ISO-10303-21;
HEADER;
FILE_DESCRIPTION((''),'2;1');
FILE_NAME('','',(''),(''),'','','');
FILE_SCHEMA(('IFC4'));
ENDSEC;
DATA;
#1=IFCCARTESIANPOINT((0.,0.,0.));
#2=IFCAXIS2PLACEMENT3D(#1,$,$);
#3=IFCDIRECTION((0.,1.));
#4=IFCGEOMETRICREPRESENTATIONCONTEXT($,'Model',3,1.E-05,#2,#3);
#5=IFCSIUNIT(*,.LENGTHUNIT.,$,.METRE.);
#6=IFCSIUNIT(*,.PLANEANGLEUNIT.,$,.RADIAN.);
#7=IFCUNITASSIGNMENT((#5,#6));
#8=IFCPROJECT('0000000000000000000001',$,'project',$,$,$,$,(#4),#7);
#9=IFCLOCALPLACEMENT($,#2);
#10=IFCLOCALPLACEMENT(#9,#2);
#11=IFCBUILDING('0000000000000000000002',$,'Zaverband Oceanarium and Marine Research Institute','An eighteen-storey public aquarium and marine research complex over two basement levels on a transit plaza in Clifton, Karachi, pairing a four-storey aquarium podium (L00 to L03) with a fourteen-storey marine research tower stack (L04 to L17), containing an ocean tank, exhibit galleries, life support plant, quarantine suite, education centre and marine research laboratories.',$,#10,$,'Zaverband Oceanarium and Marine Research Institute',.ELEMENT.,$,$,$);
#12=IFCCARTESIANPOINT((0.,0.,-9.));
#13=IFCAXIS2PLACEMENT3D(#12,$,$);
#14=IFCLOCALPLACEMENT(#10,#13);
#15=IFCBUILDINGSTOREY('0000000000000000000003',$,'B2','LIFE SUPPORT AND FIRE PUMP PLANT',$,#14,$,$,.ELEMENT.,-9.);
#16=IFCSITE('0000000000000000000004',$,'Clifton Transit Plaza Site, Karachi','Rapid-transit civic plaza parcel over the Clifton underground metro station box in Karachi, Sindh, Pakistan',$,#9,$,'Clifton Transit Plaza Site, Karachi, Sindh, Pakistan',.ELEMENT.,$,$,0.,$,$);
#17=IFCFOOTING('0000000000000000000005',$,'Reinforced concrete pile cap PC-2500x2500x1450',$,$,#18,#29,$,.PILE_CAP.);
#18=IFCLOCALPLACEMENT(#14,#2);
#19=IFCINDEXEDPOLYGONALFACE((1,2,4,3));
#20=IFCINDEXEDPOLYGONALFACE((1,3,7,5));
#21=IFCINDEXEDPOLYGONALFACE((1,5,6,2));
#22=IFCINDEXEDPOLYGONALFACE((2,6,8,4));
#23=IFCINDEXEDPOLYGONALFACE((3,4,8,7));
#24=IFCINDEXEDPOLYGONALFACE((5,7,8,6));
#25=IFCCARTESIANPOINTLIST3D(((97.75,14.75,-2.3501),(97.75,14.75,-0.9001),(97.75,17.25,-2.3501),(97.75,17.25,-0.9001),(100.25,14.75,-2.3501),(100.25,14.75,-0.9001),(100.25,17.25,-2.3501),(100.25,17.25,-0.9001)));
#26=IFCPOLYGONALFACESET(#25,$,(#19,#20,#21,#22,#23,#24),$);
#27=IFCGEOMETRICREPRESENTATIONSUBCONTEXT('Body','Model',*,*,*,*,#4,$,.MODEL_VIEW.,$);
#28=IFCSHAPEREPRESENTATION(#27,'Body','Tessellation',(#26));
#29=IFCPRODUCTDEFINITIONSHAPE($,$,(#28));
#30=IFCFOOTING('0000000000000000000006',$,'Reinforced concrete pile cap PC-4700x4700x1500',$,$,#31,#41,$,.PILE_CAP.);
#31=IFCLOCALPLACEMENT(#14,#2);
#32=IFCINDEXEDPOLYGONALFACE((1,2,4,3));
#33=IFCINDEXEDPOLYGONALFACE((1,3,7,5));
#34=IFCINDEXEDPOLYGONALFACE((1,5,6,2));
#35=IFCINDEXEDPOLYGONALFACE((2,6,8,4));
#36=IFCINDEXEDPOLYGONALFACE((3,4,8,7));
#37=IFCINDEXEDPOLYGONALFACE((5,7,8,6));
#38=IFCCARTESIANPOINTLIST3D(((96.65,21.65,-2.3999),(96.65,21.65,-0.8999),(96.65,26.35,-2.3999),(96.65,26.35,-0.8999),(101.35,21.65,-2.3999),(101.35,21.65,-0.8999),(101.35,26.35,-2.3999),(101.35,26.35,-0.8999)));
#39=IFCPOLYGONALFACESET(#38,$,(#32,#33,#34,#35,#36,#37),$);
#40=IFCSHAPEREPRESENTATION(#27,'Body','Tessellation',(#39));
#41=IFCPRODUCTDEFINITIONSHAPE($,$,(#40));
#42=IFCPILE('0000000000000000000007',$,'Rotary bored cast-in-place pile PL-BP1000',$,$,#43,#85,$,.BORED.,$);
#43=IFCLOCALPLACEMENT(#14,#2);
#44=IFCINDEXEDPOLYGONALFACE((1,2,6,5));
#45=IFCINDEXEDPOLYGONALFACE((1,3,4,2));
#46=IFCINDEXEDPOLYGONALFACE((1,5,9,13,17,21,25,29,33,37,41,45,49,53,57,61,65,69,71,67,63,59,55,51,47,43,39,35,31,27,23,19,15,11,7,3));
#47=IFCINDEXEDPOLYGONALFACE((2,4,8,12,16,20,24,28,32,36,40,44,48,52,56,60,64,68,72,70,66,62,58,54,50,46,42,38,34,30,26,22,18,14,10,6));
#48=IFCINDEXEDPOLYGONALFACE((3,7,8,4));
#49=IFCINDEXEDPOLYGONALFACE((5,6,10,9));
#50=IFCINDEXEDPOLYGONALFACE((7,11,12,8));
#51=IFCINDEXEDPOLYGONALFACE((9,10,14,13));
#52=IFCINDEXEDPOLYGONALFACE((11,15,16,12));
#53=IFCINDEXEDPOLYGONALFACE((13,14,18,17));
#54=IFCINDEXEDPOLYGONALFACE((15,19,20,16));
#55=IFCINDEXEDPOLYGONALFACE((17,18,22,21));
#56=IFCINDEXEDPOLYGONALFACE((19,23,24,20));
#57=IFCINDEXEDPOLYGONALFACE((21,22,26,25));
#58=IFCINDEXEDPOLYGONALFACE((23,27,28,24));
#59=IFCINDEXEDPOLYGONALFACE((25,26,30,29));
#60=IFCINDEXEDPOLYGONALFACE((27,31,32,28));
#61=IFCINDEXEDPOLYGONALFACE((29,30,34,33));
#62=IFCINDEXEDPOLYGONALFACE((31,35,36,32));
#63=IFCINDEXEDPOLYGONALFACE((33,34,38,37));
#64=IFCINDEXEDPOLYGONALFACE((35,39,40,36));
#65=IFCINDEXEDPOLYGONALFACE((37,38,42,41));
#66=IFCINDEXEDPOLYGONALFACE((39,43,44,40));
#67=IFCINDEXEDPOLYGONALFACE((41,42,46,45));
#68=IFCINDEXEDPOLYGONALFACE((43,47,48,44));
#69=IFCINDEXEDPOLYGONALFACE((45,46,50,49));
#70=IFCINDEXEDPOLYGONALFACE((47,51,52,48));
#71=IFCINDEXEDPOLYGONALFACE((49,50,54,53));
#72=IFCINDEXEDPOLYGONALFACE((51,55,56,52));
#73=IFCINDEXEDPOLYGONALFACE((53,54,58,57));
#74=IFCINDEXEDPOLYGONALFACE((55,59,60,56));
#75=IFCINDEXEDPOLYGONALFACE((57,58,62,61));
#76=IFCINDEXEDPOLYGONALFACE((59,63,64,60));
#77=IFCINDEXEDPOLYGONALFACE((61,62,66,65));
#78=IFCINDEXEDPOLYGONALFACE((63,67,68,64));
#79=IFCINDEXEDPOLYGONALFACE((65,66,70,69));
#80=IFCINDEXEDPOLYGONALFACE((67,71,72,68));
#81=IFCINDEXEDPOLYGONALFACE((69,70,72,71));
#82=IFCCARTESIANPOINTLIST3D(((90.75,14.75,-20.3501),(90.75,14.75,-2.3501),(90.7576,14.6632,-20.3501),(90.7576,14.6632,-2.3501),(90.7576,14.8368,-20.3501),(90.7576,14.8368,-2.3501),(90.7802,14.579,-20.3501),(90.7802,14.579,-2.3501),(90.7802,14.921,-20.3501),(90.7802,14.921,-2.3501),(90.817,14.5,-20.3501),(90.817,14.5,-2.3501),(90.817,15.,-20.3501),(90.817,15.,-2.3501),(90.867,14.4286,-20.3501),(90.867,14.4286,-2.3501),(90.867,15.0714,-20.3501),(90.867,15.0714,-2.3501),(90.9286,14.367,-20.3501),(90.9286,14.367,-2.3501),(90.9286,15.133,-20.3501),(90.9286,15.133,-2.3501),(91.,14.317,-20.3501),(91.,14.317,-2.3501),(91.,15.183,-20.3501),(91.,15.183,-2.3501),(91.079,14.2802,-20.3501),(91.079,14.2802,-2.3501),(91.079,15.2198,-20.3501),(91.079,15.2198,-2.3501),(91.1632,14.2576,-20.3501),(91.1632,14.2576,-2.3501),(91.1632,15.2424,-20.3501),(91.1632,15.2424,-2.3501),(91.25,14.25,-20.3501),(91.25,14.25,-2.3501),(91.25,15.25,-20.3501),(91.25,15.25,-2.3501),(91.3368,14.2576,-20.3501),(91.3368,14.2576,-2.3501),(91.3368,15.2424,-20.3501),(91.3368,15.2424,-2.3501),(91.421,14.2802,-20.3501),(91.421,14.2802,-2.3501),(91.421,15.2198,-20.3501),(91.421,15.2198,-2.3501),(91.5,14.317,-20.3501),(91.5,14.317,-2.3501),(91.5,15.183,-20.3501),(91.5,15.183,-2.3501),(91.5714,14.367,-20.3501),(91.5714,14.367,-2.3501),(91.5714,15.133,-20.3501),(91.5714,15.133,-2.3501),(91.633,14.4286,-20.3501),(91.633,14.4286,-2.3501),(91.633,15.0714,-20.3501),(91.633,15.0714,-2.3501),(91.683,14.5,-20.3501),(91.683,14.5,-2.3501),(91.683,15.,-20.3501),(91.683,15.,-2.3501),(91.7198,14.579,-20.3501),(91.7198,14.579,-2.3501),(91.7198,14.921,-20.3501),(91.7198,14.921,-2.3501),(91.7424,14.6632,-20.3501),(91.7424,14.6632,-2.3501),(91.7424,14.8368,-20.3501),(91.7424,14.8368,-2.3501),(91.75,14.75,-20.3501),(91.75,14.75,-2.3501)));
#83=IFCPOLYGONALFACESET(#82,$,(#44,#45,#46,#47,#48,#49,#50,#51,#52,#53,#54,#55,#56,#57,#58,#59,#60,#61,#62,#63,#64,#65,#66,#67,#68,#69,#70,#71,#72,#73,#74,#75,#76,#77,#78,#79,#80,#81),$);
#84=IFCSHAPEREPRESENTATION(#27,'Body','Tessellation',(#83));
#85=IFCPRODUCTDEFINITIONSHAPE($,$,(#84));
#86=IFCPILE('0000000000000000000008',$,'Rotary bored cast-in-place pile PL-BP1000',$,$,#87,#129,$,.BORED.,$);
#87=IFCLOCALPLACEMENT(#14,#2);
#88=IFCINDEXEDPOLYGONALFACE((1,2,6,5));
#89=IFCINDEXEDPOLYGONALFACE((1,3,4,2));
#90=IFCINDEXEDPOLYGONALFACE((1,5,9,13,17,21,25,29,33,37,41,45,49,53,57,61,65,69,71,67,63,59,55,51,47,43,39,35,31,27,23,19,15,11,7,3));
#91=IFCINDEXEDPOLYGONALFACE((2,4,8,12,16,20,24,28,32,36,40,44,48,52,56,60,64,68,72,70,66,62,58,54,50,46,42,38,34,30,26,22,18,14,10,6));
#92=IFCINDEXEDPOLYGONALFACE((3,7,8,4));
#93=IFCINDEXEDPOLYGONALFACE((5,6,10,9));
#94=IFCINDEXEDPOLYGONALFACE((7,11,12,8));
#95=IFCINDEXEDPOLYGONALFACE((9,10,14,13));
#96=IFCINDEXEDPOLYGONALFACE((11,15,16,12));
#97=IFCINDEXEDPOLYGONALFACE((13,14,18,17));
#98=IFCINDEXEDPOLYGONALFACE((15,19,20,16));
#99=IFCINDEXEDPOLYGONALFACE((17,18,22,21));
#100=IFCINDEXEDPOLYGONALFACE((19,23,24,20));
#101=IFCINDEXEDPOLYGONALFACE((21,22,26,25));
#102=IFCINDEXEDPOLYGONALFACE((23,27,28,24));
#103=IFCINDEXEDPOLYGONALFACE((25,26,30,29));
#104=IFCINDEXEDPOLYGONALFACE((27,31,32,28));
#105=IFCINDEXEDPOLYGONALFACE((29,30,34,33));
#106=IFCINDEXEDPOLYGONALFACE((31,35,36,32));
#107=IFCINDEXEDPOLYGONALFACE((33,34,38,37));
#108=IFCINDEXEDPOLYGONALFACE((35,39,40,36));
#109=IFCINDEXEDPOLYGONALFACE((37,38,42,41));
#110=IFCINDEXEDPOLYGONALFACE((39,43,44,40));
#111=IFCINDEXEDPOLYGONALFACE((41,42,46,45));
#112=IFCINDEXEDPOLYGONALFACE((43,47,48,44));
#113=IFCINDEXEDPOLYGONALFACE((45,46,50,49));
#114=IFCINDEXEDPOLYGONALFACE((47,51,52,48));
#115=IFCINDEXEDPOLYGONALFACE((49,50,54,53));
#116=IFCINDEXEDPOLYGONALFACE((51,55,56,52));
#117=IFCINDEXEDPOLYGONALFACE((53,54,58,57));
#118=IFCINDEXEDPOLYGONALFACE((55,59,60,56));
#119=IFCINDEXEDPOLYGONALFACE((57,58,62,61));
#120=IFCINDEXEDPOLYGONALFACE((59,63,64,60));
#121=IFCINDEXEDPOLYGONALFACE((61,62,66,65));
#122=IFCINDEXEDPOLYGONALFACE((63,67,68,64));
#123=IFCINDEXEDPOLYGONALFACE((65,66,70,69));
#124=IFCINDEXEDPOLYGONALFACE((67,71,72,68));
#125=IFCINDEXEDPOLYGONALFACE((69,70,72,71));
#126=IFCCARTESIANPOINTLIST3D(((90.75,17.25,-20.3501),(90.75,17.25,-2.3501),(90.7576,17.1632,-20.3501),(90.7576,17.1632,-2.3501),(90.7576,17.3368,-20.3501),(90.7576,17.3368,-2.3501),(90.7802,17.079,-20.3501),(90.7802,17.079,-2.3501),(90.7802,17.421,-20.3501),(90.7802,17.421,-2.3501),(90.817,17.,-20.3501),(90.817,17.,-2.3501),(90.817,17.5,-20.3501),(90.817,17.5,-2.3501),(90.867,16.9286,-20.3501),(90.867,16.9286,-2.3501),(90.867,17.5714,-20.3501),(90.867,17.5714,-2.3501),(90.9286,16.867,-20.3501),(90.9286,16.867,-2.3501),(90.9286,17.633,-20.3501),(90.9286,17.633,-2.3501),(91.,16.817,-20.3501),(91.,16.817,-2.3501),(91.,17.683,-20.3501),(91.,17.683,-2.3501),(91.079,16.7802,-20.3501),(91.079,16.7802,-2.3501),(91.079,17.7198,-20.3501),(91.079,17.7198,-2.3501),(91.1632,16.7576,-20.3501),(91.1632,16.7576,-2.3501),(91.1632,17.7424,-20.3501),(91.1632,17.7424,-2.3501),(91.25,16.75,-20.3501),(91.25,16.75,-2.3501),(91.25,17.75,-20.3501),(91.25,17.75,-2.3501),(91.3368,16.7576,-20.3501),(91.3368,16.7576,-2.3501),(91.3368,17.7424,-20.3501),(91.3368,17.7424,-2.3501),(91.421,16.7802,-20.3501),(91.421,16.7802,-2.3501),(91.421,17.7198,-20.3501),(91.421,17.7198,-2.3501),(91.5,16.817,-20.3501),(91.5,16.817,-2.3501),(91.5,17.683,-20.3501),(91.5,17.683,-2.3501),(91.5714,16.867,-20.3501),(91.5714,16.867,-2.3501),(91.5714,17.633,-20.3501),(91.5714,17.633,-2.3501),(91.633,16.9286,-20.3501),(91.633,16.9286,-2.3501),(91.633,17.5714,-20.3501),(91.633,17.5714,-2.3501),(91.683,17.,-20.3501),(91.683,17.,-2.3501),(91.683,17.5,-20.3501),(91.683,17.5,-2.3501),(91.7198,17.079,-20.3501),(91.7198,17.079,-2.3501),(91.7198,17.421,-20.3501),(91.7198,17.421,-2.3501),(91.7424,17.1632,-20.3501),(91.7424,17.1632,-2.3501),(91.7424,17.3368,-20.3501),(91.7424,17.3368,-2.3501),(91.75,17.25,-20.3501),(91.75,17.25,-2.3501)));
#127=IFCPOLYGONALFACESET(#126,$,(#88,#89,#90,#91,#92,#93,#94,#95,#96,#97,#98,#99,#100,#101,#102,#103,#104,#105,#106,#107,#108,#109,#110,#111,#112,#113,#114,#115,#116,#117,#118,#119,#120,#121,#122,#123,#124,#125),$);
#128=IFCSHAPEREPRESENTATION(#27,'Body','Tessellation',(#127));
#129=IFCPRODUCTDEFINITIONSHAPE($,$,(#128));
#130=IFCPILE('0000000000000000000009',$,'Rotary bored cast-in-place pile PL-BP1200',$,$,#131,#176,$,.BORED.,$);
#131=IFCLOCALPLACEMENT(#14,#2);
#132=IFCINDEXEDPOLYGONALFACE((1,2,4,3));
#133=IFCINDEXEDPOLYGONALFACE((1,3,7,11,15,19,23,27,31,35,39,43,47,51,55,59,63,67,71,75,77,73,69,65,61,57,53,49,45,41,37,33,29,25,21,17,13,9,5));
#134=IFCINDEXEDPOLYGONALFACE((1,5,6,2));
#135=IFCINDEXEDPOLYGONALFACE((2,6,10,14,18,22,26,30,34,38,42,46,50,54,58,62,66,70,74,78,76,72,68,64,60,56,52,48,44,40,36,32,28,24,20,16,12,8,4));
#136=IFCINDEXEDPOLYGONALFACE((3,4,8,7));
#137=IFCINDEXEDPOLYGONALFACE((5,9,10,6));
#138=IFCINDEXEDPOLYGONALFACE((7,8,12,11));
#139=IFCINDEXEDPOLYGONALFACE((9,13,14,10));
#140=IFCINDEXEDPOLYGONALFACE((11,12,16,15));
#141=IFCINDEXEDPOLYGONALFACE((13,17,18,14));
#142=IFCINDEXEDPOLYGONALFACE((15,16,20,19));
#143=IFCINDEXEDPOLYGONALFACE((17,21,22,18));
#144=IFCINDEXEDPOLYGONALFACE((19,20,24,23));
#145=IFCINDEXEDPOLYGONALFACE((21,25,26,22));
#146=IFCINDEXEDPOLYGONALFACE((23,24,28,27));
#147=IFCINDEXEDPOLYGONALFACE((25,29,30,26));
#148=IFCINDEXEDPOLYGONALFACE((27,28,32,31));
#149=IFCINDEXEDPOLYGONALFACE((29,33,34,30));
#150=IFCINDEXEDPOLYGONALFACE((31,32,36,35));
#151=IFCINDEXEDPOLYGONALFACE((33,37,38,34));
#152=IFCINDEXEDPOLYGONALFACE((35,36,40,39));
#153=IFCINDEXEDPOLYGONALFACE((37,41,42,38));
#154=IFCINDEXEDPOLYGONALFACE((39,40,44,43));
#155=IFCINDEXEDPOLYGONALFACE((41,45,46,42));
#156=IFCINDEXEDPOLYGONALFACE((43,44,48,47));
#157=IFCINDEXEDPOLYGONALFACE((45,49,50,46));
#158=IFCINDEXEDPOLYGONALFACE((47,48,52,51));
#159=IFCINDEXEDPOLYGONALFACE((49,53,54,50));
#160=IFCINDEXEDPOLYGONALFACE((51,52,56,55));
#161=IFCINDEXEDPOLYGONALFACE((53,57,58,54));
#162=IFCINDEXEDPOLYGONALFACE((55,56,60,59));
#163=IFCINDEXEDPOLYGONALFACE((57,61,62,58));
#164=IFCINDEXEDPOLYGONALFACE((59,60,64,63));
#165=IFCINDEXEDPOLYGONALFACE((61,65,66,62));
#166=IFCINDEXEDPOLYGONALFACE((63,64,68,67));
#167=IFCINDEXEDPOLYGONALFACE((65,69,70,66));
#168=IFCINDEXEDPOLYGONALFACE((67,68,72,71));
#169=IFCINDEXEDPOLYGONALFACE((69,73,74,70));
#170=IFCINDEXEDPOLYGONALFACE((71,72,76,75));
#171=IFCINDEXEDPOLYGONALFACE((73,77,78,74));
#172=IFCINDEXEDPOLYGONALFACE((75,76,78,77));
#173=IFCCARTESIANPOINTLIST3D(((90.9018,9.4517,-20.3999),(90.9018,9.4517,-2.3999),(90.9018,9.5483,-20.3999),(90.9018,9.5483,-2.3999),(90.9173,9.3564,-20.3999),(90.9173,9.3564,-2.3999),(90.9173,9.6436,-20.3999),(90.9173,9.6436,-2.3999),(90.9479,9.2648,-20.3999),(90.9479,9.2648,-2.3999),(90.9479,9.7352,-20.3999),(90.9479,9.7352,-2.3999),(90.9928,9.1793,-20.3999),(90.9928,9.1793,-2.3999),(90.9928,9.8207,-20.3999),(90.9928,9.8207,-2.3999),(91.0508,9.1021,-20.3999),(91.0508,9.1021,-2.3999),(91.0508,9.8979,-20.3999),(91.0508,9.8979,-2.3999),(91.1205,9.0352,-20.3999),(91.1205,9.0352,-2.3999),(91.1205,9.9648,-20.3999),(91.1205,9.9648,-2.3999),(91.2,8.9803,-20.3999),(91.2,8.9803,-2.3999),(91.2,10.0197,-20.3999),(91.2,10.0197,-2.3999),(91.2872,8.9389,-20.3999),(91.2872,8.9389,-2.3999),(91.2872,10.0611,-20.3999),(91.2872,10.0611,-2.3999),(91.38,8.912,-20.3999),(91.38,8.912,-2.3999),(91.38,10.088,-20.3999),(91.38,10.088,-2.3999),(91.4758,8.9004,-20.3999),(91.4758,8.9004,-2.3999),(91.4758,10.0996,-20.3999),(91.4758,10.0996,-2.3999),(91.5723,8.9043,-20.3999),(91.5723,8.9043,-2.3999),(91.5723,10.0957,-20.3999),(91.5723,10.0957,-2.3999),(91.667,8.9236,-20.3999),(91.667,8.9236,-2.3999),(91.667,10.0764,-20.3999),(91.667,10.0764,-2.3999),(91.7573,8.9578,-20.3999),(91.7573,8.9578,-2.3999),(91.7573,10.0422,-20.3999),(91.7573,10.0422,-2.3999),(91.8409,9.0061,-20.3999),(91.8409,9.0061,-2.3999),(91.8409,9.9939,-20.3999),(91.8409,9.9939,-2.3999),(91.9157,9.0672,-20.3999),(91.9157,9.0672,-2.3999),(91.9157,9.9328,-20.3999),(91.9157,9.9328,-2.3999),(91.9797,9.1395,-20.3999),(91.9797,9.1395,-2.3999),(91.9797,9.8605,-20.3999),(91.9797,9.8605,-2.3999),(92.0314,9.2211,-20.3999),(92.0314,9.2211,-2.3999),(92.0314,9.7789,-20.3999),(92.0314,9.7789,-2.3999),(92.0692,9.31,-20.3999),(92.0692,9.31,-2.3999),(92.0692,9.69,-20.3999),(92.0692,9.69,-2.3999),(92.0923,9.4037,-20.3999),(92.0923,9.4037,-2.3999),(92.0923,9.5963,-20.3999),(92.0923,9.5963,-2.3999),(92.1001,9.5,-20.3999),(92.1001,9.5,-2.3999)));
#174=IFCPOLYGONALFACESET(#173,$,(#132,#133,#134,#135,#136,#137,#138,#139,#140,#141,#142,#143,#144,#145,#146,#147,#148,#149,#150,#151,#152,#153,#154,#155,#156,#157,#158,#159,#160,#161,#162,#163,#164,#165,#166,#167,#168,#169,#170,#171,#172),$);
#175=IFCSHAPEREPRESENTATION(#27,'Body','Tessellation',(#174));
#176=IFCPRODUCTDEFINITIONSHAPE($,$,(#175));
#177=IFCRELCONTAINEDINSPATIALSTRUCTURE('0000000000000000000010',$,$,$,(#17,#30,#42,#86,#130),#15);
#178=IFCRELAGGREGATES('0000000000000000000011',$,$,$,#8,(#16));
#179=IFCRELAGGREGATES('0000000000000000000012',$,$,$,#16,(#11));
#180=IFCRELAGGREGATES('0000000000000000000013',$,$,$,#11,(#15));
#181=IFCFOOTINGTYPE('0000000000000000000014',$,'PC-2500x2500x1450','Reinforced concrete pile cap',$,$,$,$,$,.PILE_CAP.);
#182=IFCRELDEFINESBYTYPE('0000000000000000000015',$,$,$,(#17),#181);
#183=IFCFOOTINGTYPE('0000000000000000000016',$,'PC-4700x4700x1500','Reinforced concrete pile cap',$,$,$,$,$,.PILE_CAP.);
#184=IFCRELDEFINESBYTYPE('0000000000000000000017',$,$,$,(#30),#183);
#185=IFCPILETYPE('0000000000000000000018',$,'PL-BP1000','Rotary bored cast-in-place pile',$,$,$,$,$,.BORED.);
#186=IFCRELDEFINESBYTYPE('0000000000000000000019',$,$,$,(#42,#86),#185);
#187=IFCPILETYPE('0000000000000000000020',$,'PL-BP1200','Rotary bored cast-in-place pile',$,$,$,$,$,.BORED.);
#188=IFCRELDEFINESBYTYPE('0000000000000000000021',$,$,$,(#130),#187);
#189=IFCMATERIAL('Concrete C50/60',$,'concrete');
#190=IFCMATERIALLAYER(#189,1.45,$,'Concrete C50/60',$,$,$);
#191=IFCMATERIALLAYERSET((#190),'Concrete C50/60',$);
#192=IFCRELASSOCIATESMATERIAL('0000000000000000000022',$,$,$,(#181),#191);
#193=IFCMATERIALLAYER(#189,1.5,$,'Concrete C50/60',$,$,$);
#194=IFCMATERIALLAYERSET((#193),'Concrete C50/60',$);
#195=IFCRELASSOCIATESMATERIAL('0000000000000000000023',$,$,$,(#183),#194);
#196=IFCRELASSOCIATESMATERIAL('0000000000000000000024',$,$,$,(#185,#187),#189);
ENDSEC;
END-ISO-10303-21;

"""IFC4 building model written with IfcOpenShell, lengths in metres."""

from ifc_helpers import new_model, si_unit, direction, frame, origin, origin_2d, place, context, subcontext, project, spatial, rectangle, circle, extrude, material, layer, layer_set, material_profile, profile_set, type_object, element, save


model = new_model("IFC4")

# Units and contexts
model_context = context("Model", 3, precision=1e-05, world=origin(), true_north=direction((0.0, 1.0)))
body_context = subcontext(model_context, "Body", "Model", "MODEL_VIEW")
ifc_project = project(units=[si_unit("LENGTHUNIT", "METRE"), si_unit("PLANEANGLEUNIT", "RADIAN")], contexts=[model_context])

# Site, building, storey
site_placement = place(None, origin())
site = spatial("IfcSite", under=ifc_project, at=site_placement, Name="Clifton Transit Plaza Site, Karachi", Description="Rapid-transit civic plaza parcel over the Clifton underground metro station box in Karachi, Sindh, Pakistan", LongName="Clifton Transit Plaza Site, Karachi, Sindh, Pakistan", CompositionType="ELEMENT", RefElevation=0.0)
building_placement = place(site_placement, origin())
building = spatial("IfcBuilding", under=site, at=building_placement, Name="Zaverband Oceanarium and Marine Research Institute", Description="An eighteen-storey public aquarium and marine research complex over two basement levels on a transit plaza in Clifton, Karachi, pairing a four-storey aquarium podium (L00 to L03) with a fourteen-storey marine research tower stack (L04 to L17), containing an ocean tank, exhibit galleries, life support plant, quarantine suite, education centre and marine research laboratories.", LongName="Zaverband Oceanarium and Marine Research Institute", CompositionType="ELEMENT")
storey_placement = place(building_placement, frame((0.0, 0.0, -9.0)))
storey = spatial("IfcBuildingStorey", under=building, at=storey_placement, Name="B2", Description="LIFE SUPPORT AND FIRE PUMP PLANT", CompositionType="ELEMENT", Elevation=-9.0)

# Footings
ifc_material_1 = material(Name="Concrete C50/60", Category="concrete")
ifc_layer_1 = layer(ifc_material_1, 1.45, Name="Concrete C50/60")
ifc_layer_set_1 = layer_set([ifc_layer_1], Name="Concrete C50/60")
footing_type_1 = type_object("IfcFootingType", Name="PC-2500x2500x1450", Description="Reinforced concrete pile cap", PredefinedType="PILE_CAP", material=ifc_layer_set_1)
footing_1_placement = place(storey_placement, frame((99.0, 16.0, -2.3501), z_axis=(0.0, 0.0, 1.0), x_axis=(1.0, 0.0, 0.0)))
element("IfcFooting", 1, at=footing_1_placement, inside=storey, type_object=footing_type_1, Name="Reinforced concrete pile cap PC-2500x2500x1450", PredefinedType="PILE_CAP", context=body_context, shape_type="SweptSolid", body=[
    extrude(rectangle(XDim=2.5, YDim=2.5, at=origin_2d()), origin(), (0.0, 0.0, 1.0), 1.45),
])
ifc_layer_2 = layer(ifc_material_1, 1.5, Name="Concrete C50/60")
ifc_layer_set_2 = layer_set([ifc_layer_2], Name="Concrete C50/60")
footing_type_2 = type_object("IfcFootingType", Name="PC-4700x4700x1500", Description="Reinforced concrete pile cap", PredefinedType="PILE_CAP", material=ifc_layer_set_2)
footing_2_placement = place(storey_placement, frame((99.0, 24.0, -2.3999), z_axis=(0.0, 0.0, 1.0), x_axis=(1.0, 0.0, 0.0)))
element("IfcFooting", 2, at=footing_2_placement, inside=storey, type_object=footing_type_2, Name="Reinforced concrete pile cap PC-4700x4700x1500", PredefinedType="PILE_CAP", context=body_context, shape_type="SweptSolid", body=[
    extrude(rectangle(XDim=4.7, YDim=4.7, at=origin_2d()), origin(), (0.0, 0.0, 1.0), 1.5),
])

# Piles
ifc_material_profile_1 = material_profile(ifc_material_1, circle(Radius=0.5, at=origin_2d()), Name="BP1000")
ifc_profile_set_1 = profile_set([ifc_material_profile_1], Name="Concrete C50/60")
pile_type_1 = type_object("IfcPileType", Name="PL-BP1000", Description="Rotary bored cast-in-place pile", PredefinedType="BORED", material=ifc_profile_set_1)
for number, where, z_axis, x_axis, name in (
    (3, (91.25, 14.75, -2.3501), (0.0, 0.0, -1.0), (1.0, 0.0, 0.0), "Rotary bored cast-in-place pile PL-BP1000"),
    (4, (91.25, 17.25, -2.3501), (0.0, 0.0, -1.0), (1.0, 0.0, 0.0), "Rotary bored cast-in-place pile PL-BP1000"),
):
    element("IfcPile", number, at=place(storey_placement, frame(where, z_axis=z_axis, x_axis=x_axis)), inside=storey, type_object=pile_type_1, Name=name, PredefinedType="BORED", context=body_context, shape_type="SweptSolid", body=[
        extrude(circle(Radius=0.5, at=origin_2d()), origin(), (0.0, 0.0, 1.0), 18.0),
    ])
ifc_material_profile_2 = material_profile(ifc_material_1, circle(Radius=0.6001, at=origin_2d()), Name="BP1200")
ifc_profile_set_2 = profile_set([ifc_material_profile_2], Name="Concrete C50/60")
pile_type_2 = type_object("IfcPileType", Name="PL-BP1200", Description="Rotary bored cast-in-place pile", PredefinedType="BORED", material=ifc_profile_set_2)
for number, where, z_axis, x_axis, name in (
    (5, (91.5, 9.5, -2.3999), (0.0, 0.0, -1.0), (1.0, 0.0, 0.0), "Rotary bored cast-in-place pile PL-BP1200"),
):
    element("IfcPile", number, at=place(storey_placement, frame(where, z_axis=z_axis, x_axis=x_axis)), inside=storey, type_object=pile_type_2, Name=name, PredefinedType="BORED", context=body_context, shape_type="SweptSolid", body=[
        extrude(circle(Radius=0.6001, at=origin_2d()), origin(), (0.0, 0.0, 1.0), 18.0),
    ])

save(model, "model.ifc")
